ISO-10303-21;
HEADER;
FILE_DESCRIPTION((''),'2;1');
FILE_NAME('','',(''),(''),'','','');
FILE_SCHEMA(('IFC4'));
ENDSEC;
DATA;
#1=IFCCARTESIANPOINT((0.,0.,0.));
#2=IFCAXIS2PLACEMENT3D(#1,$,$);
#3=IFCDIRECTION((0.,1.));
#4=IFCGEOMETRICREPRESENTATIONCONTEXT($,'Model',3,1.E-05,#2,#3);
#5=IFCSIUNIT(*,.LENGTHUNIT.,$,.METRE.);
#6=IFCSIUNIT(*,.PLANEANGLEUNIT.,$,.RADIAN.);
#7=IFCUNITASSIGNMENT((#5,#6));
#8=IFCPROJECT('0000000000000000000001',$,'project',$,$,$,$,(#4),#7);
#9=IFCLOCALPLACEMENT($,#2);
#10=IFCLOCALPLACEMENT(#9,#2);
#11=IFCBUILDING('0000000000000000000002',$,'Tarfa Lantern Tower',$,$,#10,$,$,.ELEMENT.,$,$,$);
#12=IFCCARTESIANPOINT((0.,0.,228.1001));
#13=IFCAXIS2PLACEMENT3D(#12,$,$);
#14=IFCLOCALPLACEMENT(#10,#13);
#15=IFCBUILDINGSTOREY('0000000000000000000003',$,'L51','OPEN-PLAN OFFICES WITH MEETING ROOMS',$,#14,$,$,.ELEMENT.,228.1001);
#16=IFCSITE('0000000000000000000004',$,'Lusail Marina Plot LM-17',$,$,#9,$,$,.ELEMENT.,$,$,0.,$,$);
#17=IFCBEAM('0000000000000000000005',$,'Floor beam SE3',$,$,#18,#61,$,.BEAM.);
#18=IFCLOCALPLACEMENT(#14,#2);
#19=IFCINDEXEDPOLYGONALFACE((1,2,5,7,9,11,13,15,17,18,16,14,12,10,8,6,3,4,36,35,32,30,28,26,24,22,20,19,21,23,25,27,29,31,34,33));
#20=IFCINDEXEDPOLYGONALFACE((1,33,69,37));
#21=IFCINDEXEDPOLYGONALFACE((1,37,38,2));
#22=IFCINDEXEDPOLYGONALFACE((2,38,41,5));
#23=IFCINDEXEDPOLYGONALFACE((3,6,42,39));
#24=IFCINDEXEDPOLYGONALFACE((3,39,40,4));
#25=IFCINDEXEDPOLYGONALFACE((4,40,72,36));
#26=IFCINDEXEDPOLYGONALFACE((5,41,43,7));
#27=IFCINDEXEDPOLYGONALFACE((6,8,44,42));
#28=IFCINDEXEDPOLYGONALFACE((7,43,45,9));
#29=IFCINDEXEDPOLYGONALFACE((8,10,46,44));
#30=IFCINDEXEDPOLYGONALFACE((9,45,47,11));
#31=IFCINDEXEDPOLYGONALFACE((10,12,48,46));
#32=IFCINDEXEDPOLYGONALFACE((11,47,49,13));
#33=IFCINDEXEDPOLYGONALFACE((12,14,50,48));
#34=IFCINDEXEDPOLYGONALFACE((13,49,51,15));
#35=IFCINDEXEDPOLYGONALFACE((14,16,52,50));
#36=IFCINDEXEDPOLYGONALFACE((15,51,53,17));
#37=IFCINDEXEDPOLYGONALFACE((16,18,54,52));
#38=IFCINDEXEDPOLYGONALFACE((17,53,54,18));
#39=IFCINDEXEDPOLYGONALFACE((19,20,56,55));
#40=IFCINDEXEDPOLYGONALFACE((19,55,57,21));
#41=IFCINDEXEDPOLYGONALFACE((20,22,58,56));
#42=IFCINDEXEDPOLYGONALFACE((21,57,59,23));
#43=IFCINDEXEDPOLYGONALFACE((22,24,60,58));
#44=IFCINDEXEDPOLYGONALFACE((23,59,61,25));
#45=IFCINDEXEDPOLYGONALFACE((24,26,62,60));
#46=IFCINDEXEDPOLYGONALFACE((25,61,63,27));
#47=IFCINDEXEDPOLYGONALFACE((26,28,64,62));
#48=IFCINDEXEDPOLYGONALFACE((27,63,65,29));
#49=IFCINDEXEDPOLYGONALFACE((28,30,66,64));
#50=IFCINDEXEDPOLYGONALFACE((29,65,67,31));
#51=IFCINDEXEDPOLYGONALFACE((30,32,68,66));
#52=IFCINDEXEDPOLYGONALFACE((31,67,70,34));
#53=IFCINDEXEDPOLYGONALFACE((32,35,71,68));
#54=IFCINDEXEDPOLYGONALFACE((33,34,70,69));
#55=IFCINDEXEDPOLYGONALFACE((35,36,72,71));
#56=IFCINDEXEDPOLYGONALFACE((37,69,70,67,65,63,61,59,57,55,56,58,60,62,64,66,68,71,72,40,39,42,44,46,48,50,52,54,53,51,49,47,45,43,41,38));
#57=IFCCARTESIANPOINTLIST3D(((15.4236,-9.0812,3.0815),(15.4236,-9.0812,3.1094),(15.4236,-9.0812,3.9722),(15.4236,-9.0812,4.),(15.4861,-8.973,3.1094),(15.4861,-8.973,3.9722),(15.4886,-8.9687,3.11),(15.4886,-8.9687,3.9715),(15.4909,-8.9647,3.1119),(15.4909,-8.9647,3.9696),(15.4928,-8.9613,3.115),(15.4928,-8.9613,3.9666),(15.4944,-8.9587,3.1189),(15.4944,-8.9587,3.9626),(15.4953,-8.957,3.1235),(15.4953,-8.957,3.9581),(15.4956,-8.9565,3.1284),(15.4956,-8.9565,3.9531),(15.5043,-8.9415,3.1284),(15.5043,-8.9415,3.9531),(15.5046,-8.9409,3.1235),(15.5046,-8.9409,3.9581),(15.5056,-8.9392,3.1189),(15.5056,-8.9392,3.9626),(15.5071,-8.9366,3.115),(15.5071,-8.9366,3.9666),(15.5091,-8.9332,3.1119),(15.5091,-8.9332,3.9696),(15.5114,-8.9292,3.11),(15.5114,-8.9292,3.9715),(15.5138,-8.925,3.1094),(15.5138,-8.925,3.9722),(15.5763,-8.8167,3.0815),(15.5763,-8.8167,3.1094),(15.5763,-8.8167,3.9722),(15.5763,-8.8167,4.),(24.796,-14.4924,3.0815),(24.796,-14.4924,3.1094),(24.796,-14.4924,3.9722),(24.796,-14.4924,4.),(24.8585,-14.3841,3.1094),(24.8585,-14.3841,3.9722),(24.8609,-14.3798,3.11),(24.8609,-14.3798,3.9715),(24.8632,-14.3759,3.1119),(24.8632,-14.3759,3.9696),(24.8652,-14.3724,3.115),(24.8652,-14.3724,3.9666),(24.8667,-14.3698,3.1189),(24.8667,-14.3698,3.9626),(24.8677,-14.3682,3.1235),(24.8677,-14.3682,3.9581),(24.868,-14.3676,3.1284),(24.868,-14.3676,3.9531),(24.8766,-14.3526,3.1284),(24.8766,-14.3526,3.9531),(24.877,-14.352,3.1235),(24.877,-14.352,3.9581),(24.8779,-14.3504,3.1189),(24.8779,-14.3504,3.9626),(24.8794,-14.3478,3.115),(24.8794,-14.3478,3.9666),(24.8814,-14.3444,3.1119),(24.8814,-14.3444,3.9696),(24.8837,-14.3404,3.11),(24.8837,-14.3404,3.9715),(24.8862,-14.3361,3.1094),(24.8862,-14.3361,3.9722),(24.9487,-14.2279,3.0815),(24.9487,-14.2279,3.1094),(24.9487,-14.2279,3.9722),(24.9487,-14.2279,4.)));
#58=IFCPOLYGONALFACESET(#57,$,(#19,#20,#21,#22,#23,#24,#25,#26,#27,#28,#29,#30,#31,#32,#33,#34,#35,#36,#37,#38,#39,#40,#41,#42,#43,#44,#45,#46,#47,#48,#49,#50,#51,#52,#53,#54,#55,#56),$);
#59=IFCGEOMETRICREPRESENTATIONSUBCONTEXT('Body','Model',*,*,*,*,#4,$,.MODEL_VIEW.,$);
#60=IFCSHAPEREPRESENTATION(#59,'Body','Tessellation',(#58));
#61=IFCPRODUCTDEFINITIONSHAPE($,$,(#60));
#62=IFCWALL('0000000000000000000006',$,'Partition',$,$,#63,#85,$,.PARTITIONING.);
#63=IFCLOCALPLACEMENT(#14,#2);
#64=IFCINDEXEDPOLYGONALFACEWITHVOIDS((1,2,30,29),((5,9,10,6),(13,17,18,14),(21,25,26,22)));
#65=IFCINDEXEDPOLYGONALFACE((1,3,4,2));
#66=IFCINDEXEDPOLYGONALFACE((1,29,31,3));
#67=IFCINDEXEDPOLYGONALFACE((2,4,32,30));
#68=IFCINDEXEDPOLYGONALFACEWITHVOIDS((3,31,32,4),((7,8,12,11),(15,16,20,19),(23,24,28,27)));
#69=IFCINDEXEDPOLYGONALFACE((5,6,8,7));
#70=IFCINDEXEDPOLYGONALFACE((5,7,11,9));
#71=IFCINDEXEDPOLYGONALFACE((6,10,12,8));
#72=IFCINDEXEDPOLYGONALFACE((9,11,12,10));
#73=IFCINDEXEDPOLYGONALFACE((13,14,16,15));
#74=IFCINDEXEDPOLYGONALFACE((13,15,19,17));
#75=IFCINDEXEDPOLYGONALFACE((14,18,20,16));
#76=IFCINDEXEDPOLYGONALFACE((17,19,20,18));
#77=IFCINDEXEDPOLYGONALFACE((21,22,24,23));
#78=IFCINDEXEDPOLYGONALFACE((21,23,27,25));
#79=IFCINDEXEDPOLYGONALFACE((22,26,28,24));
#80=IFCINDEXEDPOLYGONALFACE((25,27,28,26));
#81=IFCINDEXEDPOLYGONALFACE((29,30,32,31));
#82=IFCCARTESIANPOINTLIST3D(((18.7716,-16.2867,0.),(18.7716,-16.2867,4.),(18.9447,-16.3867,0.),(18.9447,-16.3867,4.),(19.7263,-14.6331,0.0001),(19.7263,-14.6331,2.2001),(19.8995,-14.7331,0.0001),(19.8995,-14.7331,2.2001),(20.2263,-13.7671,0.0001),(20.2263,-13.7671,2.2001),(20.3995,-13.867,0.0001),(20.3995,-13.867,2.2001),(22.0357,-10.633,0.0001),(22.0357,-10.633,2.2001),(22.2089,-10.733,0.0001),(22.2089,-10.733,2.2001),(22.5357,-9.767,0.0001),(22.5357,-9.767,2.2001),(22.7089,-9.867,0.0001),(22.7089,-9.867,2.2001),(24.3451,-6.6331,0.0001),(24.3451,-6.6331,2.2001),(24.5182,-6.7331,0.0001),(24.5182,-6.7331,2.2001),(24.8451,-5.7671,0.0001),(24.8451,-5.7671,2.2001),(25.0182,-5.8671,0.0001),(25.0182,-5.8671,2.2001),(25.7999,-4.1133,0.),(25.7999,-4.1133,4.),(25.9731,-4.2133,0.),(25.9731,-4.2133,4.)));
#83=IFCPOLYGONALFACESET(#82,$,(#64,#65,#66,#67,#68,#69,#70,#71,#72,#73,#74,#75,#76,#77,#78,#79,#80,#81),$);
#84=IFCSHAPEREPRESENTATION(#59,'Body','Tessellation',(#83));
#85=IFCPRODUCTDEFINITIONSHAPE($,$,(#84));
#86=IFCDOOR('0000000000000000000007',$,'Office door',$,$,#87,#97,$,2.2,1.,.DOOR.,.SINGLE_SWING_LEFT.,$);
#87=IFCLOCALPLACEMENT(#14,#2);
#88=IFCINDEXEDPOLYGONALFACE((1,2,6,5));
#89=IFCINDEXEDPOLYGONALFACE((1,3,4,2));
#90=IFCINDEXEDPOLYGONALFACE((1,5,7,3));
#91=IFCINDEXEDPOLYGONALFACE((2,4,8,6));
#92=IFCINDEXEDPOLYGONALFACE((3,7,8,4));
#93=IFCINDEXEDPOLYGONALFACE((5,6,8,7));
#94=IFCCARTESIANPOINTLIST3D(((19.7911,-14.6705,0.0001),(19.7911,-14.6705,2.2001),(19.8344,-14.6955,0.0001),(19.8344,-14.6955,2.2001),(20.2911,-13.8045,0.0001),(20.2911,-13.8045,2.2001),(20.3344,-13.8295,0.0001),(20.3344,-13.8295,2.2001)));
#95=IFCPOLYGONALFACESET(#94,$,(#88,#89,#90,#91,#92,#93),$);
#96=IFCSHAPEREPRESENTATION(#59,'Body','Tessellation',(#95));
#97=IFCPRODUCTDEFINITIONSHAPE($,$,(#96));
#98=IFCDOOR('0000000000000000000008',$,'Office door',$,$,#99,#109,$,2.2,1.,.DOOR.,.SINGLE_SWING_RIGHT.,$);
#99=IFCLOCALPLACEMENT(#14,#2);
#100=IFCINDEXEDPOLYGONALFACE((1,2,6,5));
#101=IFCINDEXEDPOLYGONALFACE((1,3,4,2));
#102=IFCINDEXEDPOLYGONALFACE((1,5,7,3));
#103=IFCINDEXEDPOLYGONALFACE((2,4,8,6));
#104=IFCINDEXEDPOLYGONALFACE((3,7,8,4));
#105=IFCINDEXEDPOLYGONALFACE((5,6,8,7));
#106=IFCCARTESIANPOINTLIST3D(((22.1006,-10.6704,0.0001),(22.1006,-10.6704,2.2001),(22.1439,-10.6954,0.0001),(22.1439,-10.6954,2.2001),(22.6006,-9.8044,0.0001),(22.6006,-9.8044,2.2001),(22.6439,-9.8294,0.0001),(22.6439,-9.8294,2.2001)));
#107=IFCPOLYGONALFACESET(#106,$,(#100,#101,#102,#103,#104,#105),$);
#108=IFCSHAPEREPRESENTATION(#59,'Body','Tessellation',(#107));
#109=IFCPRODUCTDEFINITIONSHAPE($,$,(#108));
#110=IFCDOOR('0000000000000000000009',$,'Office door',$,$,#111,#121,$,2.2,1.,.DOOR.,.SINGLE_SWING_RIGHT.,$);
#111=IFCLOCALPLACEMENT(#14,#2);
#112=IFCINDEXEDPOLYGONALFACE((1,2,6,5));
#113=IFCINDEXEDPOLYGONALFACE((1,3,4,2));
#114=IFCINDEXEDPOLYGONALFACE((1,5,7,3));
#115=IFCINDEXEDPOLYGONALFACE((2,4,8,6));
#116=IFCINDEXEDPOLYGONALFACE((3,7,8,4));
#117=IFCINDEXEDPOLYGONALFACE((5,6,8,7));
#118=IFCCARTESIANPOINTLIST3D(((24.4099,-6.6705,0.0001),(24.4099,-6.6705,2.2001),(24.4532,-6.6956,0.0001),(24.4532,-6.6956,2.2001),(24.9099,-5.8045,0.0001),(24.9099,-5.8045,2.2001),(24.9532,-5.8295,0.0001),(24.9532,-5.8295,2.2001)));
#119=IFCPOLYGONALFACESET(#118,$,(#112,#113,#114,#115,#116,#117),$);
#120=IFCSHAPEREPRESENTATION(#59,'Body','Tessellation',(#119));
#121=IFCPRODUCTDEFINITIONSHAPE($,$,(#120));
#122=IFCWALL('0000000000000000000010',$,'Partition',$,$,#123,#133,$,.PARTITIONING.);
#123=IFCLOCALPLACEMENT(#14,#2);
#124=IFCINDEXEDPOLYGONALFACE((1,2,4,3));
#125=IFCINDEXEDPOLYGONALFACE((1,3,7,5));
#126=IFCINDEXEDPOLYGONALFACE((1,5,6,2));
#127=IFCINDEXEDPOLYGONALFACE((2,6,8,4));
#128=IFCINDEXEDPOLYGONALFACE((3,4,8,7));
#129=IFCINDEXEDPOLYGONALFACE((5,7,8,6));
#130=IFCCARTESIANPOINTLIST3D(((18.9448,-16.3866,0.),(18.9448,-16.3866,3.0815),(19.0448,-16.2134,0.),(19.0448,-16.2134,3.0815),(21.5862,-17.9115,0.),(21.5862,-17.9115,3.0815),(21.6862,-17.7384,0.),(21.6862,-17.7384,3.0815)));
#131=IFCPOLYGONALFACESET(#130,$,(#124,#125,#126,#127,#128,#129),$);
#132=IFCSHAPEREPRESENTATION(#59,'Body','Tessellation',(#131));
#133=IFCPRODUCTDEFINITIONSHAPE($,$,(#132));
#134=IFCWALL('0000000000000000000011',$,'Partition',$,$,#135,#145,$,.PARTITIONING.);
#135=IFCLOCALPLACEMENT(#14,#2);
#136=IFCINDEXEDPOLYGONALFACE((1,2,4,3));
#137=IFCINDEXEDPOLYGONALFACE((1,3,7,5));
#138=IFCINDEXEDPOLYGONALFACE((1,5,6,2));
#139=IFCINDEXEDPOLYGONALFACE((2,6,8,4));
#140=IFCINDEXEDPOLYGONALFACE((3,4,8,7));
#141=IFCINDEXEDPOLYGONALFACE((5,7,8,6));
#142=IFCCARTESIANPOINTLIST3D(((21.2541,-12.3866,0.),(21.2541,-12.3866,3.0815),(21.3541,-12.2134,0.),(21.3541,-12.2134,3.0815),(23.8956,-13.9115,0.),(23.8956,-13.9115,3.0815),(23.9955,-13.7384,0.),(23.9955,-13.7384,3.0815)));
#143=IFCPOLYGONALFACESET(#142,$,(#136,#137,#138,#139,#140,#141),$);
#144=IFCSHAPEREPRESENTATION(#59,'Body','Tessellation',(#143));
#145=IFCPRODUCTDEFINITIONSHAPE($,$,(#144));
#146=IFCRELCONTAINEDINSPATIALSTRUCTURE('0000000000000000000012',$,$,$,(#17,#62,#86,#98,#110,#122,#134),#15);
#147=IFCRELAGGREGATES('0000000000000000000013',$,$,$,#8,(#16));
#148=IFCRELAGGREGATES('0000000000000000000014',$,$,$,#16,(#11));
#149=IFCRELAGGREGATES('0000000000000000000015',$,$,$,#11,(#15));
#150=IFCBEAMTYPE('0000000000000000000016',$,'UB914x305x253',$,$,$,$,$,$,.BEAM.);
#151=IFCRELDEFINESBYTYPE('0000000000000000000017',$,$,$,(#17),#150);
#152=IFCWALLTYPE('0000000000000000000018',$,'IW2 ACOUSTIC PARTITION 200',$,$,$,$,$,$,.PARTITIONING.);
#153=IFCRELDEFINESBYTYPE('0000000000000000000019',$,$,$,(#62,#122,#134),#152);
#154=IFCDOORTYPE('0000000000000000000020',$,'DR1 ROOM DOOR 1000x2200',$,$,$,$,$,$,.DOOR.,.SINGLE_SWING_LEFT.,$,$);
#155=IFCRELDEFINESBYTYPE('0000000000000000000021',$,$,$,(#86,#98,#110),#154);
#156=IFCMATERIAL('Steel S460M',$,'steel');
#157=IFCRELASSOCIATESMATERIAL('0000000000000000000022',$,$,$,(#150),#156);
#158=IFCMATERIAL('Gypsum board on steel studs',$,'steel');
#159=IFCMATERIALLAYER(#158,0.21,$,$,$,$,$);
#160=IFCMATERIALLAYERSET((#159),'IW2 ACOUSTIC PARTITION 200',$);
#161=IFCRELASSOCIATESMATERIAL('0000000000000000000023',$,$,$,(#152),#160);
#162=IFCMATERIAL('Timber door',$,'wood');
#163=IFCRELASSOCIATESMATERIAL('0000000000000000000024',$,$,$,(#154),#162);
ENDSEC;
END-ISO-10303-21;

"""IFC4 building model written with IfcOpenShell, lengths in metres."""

from ifc_helpers import new_model, si_unit, direction, frame, frame_2d, origin, origin_2d, place, context, subcontext, project, spatial, rectangle, i_section, extrude, material, layer, layer_set, material_profile, profile_set, type_object, element, fill, save


model = new_model("IFC4")

# Units and contexts
model_context = context("Model", 3, precision=1e-05, world=origin(), true_north=direction((0.0, 1.0)))
body_context = subcontext(model_context, "Body", "Model", "MODEL_VIEW")
ifc_project = project(units=[si_unit("LENGTHUNIT", "METRE"), si_unit("PLANEANGLEUNIT", "RADIAN")], contexts=[model_context])

# Site, building, storey
site_placement = place(None, origin())
site = spatial("IfcSite", under=ifc_project, at=site_placement, Name="Lusail Marina Plot LM-17", CompositionType="ELEMENT", RefElevation=0.0)
building_placement = place(site_placement, origin())
building = spatial("IfcBuilding", under=site, at=building_placement, Name="Tarfa Lantern Tower", CompositionType="ELEMENT")
storey_placement = place(building_placement, frame((0.0, 0.0, 228.1001)))
storey = spatial("IfcBuildingStorey", under=building, at=storey_placement, Name="L51", Description="OPEN-PLAN OFFICES WITH MEETING ROOMS", CompositionType="ELEMENT", Elevation=228.1001)

# Beam
ifc_material_1 = material(Name="Steel S460M", Category="steel")
ifc_material_profile_1 = material_profile(ifc_material_1, i_section(OverallWidth=0.3054, OverallDepth=0.9185, WebThickness=0.0173, FlangeThickness=0.0278, FilletRadius=0.019, at=origin_2d()), Name="UB914x305x253")
ifc_profile_set_1 = profile_set([ifc_material_profile_1], Name="Steel S460M")
beam_type_1 = type_object("IfcBeamType", Name="UB914x305x253", PredefinedType="BEAM", material=ifc_profile_set_1)
beam_1_placement = place(storey_placement, frame((24.8723, -14.3601, 3.5408), z_axis=(-0.866024, 0.500002, 0.0), x_axis=(-0.500002, -0.866024, 0.0)))
element("IfcBeam", 1, at=beam_1_placement, inside=storey, type_object=beam_type_1, Name="Floor beam SE3", PredefinedType="BEAM", context=body_context, shape_type="SweptSolid", body=[
    extrude(i_section(OverallWidth=0.3054, OverallDepth=0.9185, WebThickness=0.0173, FlangeThickness=0.0278, FilletRadius=0.019, at=origin_2d()), origin(), (0.0, 0.0, 1.0), 10.8223),
])

# Wall, openings, doors
ifc_material_2 = material(Name="Gypsum board on steel studs", Category="steel")
ifc_layer_1 = layer(ifc_material_2, 0.21)
ifc_layer_set_1 = layer_set([ifc_layer_1], Name="IW2 ACOUSTIC PARTITION 200")
wall_type_1 = type_object("IfcWallType", Name="IW2 ACOUSTIC PARTITION 200", PredefinedType="PARTITIONING", material=ifc_layer_set_1)
wall_1_placement = place(storey_placement, frame((18.8582, -16.3367, 0.0), z_axis=(0.0, 0.0, 1.0), x_axis=(0.500002, 0.866024, 0.0)))
wall_1 = element("IfcWall", 2, at=wall_1_placement, inside=storey, type_object=wall_type_1, Name="Partition", PredefinedType="PARTITIONING", context=body_context, shape_type="SweptSolid", body=[
    extrude(rectangle(XDim=14.0566, YDim=0.2, at=frame_2d((7.0283, 0.0))), origin(), (0.0, 0.0, 1.0), 4.0),
])
opening_1_placement = place(wall_1_placement, frame((1.9094, 0.0, 0.0)))
opening_1 = element("IfcOpeningElement", 3, at=opening_1_placement, cuts=wall_1, PredefinedType="OPENING", context=body_context, shape_type="SweptSolid", body=[
    extrude(rectangle(XDim=1.0, YDim=2.2, at=frame_2d((0.5, 1.1001))), frame((0.0, 0.1099, 0.0), z_axis=(0.0, -1.0, 0.0), x_axis=(1.0, 0.0, 0.0)), (0.0, 0.0, 1.0), 0.22),
])
opening_2_placement = place(wall_1_placement, frame((6.5283, 0.0, 0.0)))
opening_2 = element("IfcOpeningElement", 4, at=opening_2_placement, cuts=wall_1, PredefinedType="OPENING", context=body_context, shape_type="SweptSolid", body=[
    extrude(rectangle(XDim=1.0, YDim=2.2, at=frame_2d((0.5, 1.1001))), frame((0.0, 0.1099, 0.0), z_axis=(0.0, -1.0, 0.0), x_axis=(1.0, 0.0, 0.0)), (0.0, 0.0, 1.0), 0.22),
])
opening_3_placement = place(wall_1_placement, frame((11.147, 0.0, 0.0)))
opening_3 = element("IfcOpeningElement", 5, at=opening_3_placement, cuts=wall_1, PredefinedType="OPENING", context=body_context, shape_type="SweptSolid", body=[
    extrude(rectangle(XDim=1.0, YDim=2.2, at=frame_2d((0.5, 1.1001))), frame((0.0, 0.1099, 0.0), z_axis=(0.0, -1.0, 0.0), x_axis=(1.0, 0.0, 0.0)), (0.0, 0.0, 1.0), 0.22),
])
ifc_material_3 = material(Name="Timber door", Category="wood")
door_type_1 = type_object("IfcDoorType", Name="DR1 ROOM DOOR 1000x2200", OperationType="SINGLE_SWING_LEFT", PredefinedType="DOOR", material=ifc_material_3)
door_1_placement = place(opening_1_placement, frame((1.0, 0.0, 0.0), z_axis=(0.0, 0.0, 1.0), x_axis=(-1.0, 0.0, 0.0)))
door_1 = element("IfcDoor", 6, at=door_1_placement, inside=storey, type_object=door_type_1, Name="Office door", OperationType="SINGLE_SWING_LEFT", OverallHeight=2.2, OverallWidth=1.0, PredefinedType="DOOR", context=body_context, shape_type="SweptSolid", body=[
    extrude(rectangle(XDim=1.0, YDim=2.2, at=frame_2d((0.5, 1.1001))), frame((0.0, 0.0249, 0.0), z_axis=(0.0, -1.0, 0.0), x_axis=(1.0, 0.0, 0.0)), (0.0, 0.0, 1.0), 0.05),
])
fill(opening_1, door_1)
door_2_placement = place(opening_2_placement, frame((1.0, 0.0, 0.0), z_axis=(0.0, 0.0, 1.0), x_axis=(-1.0, 0.0, 0.0)))
door_2 = element("IfcDoor", 7, at=door_2_placement, inside=storey, type_object=door_type_1, Name="Office door", OperationType="SINGLE_SWING_RIGHT", OverallHeight=2.2, OverallWidth=1.0, PredefinedType="DOOR", context=body_context, shape_type="SweptSolid", body=[
    extrude(rectangle(XDim=1.0, YDim=2.2, at=frame_2d((0.5, 1.1001))), frame((0.0, 0.0249, 0.0), z_axis=(0.0, -1.0, 0.0), x_axis=(1.0, 0.0, 0.0)), (0.0, 0.0, 1.0), 0.05),
])
fill(opening_2, door_2)
door_3_placement = place(opening_3_placement, frame((1.0, 0.0, 0.0), z_axis=(0.0, 0.0, 1.0), x_axis=(-1.0, 0.0, 0.0)))
door_3 = element("IfcDoor", 8, at=door_3_placement, inside=storey, type_object=door_type_1, Name="Office door", OperationType="SINGLE_SWING_RIGHT", OverallHeight=2.2, OverallWidth=1.0, PredefinedType="DOOR", context=body_context, shape_type="SweptSolid", body=[
    extrude(rectangle(XDim=1.0, YDim=2.2, at=frame_2d((0.5, 1.1001))), frame((0.0, 0.0249, 0.0), z_axis=(0.0, -1.0, 0.0), x_axis=(1.0, 0.0, 0.0)), (0.0, 0.0, 1.0), 0.05),
])
fill(opening_3, door_3)

# Walls
for number, where, z_axis, x_axis, name in (
    (9, (18.9949, -16.3, 0.0), (0.0, 0.0, 1.0), (0.866038, -0.499979, 0.0), "Partition"),
    (10, (21.3042, -12.3, 0.0), (0.0, 0.0, 1.0), (0.866038, -0.499979, 0.0), "Partition"),
):
    element("IfcWall", number, at=place(storey_placement, frame(where, z_axis=z_axis, x_axis=x_axis)), inside=storey, type_object=wall_type_1, Name=name, PredefinedType="PARTITIONING", context=body_context, shape_type="SweptSolid", body=[
        extrude(rectangle(XDim=3.05, YDim=0.2, at=frame_2d((1.5249, 0.0))), origin(), (0.0, 0.0, 1.0), 3.0815),
    ])

save(model, "model.ifc")
